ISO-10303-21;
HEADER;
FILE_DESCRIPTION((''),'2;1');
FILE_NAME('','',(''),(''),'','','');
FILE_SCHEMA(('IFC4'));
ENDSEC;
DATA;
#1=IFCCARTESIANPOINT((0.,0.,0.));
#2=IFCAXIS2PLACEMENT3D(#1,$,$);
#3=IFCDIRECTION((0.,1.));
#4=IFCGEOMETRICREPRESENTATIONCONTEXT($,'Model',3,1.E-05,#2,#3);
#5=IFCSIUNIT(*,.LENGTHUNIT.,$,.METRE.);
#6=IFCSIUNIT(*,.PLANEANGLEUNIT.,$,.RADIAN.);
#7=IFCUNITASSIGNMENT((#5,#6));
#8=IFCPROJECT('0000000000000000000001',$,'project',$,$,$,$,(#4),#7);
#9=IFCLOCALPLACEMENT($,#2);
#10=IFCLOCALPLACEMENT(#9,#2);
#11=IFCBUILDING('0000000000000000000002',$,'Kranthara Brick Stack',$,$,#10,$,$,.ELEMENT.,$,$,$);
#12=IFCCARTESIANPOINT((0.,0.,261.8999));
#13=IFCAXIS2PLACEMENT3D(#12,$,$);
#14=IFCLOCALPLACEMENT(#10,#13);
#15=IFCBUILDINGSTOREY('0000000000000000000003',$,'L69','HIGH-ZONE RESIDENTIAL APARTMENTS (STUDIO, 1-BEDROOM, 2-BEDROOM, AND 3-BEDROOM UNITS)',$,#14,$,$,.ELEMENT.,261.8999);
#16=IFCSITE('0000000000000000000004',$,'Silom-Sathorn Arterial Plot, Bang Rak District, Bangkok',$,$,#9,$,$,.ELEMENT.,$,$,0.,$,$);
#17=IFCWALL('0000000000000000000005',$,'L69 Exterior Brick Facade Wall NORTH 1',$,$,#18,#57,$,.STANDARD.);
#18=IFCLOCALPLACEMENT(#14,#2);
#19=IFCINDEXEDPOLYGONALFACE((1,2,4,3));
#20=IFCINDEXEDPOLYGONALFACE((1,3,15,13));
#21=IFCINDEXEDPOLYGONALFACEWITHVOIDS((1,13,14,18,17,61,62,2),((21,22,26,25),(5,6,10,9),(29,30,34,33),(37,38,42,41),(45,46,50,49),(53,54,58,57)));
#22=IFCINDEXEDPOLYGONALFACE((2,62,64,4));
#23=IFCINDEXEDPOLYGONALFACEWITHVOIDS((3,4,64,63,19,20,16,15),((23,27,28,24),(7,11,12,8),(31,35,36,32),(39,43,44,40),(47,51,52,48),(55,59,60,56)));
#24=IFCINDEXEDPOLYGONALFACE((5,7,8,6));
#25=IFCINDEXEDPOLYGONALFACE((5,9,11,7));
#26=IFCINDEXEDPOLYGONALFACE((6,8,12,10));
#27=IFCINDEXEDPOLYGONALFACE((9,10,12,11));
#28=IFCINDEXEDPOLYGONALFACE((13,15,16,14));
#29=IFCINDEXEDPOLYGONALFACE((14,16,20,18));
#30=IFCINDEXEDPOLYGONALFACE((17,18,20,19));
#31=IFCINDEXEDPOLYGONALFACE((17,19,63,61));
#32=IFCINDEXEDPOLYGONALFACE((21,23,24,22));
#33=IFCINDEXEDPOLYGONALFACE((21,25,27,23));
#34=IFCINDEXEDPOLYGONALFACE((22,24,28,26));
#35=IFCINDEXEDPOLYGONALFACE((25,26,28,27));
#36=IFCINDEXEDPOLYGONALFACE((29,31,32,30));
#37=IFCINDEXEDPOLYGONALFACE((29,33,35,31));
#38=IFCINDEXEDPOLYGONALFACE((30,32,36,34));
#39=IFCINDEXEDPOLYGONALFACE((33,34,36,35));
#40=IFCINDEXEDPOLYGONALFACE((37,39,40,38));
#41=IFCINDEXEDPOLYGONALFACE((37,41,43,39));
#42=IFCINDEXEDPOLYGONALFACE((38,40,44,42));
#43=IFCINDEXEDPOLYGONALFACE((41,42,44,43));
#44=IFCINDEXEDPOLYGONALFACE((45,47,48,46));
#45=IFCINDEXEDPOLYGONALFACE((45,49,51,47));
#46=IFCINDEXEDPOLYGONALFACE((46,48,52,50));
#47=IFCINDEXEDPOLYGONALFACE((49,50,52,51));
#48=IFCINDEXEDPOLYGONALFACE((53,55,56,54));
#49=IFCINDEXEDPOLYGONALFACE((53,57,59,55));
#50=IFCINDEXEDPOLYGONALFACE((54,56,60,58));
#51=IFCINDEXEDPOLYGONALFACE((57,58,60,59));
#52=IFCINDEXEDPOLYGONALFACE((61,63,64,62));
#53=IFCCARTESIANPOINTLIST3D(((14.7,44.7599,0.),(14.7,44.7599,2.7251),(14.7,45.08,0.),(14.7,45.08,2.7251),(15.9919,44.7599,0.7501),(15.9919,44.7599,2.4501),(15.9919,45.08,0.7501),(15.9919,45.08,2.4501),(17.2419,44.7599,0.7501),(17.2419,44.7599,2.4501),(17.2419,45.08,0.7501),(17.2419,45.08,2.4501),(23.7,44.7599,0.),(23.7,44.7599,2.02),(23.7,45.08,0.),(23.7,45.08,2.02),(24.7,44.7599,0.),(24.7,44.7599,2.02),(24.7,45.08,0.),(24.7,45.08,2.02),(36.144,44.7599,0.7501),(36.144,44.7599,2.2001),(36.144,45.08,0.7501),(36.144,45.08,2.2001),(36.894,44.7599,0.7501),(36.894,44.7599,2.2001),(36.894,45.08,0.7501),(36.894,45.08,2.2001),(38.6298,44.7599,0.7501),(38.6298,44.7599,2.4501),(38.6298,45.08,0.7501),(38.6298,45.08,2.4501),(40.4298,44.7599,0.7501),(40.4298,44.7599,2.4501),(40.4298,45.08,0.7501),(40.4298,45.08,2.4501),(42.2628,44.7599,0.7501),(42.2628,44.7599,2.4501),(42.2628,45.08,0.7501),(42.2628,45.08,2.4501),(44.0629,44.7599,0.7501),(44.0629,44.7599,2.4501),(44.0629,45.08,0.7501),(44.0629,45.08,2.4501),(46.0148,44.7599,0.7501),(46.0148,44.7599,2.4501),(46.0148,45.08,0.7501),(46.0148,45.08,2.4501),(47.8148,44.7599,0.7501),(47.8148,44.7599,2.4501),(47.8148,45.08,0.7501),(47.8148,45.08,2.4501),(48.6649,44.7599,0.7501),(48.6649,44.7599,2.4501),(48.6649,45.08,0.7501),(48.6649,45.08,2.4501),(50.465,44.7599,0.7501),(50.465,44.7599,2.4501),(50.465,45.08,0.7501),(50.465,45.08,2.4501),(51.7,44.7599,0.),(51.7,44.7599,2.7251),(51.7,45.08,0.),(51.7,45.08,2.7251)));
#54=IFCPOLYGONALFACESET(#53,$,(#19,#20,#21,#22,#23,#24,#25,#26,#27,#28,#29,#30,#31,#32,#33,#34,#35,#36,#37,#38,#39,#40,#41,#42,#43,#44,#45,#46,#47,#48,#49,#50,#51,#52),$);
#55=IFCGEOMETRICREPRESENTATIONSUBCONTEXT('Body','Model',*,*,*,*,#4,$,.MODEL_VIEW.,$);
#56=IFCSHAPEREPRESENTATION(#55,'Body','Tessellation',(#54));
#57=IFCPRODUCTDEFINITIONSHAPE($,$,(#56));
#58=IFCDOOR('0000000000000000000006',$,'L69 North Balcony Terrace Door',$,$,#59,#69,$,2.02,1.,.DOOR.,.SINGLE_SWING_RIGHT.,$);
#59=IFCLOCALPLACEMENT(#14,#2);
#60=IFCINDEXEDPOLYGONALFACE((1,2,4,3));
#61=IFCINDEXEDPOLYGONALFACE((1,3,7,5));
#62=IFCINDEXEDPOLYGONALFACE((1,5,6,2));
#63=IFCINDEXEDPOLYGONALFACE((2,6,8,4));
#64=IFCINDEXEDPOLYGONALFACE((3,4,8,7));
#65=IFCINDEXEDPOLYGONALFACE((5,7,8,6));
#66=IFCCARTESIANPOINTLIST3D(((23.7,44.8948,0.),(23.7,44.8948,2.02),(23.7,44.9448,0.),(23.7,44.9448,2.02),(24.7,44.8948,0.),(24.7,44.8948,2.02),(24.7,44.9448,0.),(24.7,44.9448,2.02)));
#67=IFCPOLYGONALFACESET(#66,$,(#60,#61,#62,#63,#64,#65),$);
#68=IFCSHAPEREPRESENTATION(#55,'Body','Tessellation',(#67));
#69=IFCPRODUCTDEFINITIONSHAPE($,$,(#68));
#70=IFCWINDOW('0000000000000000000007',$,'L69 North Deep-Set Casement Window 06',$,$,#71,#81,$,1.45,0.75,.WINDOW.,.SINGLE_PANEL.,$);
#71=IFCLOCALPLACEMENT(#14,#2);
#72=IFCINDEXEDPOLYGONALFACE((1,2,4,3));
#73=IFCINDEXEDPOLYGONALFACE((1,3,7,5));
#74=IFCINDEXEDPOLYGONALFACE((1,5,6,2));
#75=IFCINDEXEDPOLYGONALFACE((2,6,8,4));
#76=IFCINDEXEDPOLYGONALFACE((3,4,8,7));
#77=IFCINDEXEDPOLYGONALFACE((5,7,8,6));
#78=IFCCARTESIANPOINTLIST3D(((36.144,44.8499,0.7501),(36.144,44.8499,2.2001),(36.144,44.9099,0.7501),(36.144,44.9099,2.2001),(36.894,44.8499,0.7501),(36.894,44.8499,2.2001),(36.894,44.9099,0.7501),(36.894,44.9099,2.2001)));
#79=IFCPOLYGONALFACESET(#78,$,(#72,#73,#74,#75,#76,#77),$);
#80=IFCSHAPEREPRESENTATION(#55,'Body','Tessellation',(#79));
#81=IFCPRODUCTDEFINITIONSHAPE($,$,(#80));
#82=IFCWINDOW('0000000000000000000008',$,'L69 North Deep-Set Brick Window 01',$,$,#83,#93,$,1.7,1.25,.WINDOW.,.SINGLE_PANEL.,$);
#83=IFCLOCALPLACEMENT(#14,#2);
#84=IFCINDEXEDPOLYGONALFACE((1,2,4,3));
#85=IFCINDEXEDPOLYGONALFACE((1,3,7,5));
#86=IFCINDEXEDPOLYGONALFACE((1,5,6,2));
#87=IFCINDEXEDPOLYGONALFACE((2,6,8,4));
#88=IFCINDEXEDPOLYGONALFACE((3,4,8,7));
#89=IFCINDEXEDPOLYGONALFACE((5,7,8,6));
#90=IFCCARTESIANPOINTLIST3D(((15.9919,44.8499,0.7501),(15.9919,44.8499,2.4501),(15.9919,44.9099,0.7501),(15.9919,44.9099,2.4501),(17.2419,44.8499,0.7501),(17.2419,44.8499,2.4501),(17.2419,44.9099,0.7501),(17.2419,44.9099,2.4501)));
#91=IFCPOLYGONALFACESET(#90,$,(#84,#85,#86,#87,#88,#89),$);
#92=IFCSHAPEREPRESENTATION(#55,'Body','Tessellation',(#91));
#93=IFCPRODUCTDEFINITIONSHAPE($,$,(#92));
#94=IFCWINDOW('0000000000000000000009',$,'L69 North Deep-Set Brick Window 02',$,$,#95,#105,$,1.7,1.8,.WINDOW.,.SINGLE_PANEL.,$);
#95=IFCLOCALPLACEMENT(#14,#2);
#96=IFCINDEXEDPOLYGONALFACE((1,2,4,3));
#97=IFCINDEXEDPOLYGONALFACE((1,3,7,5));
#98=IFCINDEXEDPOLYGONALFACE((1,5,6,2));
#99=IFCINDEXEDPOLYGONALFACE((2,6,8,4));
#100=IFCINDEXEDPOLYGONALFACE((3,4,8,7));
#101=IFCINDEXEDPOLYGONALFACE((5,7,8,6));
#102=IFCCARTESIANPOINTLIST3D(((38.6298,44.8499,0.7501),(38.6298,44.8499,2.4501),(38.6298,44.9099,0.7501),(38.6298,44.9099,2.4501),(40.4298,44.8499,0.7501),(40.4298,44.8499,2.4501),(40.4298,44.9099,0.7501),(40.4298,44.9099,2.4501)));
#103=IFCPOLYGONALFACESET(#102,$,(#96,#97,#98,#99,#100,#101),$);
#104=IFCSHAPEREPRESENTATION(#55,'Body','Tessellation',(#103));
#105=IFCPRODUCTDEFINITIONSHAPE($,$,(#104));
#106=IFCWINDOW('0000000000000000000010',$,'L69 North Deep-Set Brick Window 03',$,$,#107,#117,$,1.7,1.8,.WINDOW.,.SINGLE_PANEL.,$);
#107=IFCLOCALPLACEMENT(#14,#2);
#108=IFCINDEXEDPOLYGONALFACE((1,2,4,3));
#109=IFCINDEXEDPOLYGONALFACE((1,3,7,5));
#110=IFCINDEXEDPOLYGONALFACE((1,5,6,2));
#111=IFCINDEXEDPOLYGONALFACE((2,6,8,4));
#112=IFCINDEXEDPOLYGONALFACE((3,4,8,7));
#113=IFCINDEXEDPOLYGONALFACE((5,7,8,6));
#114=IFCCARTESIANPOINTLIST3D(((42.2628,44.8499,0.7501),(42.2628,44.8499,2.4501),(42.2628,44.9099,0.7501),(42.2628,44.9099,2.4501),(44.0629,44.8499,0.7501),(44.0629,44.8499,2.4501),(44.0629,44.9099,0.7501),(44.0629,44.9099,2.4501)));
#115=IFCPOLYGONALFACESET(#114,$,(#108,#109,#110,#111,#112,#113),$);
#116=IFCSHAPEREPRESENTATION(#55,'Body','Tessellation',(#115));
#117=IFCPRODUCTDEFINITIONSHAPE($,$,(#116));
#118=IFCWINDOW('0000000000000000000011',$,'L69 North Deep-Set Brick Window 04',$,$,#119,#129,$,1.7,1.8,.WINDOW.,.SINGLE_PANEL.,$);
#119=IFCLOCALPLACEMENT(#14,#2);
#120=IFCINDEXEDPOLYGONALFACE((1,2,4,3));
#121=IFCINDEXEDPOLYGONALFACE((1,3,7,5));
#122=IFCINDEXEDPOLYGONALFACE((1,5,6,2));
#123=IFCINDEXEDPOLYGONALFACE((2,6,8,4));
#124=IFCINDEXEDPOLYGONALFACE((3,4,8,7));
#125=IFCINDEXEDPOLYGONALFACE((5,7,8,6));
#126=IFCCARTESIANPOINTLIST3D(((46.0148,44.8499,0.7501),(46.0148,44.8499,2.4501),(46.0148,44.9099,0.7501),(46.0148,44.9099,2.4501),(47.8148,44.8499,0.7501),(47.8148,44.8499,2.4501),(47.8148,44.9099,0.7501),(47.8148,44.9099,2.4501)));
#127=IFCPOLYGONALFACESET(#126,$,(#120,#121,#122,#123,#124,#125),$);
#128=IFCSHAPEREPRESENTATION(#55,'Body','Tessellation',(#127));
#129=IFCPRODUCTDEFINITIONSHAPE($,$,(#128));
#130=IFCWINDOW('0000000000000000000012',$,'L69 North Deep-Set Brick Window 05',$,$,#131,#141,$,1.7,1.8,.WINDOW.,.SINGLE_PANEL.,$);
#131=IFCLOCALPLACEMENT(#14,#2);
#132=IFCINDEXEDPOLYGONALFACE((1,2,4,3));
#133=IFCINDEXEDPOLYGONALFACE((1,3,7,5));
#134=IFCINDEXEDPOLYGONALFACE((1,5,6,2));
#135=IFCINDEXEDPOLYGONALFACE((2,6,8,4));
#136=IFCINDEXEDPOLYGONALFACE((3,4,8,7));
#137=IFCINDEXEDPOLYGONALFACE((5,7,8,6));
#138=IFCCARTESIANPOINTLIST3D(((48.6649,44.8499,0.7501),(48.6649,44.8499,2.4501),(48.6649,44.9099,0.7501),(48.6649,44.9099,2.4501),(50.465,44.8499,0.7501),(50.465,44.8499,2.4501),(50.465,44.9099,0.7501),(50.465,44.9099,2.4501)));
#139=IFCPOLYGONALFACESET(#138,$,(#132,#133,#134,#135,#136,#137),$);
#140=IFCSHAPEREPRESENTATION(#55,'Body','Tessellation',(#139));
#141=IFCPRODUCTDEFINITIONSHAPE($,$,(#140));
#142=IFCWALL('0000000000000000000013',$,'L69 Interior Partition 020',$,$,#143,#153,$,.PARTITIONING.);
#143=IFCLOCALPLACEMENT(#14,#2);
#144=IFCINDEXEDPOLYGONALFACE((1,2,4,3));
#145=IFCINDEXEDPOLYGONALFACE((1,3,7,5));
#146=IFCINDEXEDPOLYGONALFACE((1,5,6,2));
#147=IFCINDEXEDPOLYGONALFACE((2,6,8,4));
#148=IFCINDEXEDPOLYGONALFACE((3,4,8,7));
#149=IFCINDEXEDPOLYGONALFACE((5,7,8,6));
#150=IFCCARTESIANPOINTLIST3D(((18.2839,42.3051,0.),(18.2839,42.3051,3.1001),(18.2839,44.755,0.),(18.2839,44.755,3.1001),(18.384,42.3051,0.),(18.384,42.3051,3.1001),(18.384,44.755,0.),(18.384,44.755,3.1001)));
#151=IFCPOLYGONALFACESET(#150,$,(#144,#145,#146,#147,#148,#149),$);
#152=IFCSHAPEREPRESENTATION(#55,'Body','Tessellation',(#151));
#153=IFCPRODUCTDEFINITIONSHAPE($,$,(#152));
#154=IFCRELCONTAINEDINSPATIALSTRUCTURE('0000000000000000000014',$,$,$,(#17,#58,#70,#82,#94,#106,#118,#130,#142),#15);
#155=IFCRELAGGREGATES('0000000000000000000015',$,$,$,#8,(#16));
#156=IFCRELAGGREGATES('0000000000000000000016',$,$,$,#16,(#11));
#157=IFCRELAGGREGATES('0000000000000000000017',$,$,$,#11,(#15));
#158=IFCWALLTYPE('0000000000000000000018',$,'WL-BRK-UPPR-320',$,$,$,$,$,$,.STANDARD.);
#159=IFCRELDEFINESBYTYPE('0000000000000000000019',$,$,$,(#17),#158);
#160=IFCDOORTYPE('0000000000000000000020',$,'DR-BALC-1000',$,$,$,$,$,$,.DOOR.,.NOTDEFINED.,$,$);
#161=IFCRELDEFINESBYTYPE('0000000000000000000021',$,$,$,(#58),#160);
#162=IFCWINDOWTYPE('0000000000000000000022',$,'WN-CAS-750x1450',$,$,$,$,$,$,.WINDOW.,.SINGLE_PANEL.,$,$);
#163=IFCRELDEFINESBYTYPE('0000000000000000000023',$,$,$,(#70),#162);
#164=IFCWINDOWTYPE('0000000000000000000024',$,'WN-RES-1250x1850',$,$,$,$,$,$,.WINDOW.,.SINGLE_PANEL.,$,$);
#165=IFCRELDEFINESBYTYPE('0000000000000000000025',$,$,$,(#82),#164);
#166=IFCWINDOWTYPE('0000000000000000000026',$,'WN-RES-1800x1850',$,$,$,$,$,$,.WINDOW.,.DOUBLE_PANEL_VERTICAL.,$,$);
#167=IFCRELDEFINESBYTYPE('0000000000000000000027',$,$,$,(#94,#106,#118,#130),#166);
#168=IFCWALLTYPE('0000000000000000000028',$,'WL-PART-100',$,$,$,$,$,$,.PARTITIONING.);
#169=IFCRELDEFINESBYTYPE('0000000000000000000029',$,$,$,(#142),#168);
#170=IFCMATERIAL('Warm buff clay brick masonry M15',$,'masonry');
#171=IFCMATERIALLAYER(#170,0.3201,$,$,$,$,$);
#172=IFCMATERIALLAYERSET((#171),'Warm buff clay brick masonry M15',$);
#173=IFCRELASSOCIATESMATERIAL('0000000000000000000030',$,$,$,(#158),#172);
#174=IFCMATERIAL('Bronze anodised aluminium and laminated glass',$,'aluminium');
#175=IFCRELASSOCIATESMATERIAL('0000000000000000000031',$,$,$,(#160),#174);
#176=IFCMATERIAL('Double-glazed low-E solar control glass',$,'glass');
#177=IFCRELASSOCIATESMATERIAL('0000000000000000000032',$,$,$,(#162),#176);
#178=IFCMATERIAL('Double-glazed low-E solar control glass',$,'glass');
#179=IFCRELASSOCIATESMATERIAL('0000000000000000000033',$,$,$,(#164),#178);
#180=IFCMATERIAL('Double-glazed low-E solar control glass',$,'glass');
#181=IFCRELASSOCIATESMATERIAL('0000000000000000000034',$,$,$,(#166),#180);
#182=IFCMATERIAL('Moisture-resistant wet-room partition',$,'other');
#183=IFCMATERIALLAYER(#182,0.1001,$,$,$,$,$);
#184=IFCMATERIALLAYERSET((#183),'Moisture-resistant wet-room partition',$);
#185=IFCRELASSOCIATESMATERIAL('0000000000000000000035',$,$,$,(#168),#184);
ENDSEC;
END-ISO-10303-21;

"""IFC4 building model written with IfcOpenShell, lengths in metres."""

from ifc_helpers import new_model, si_unit, direction, frame, frame_2d, origin, place, context, subcontext, project, spatial, rectangle, extrude, material, layer, layer_set, type_object, element, fill, save


model = new_model("IFC4")

# Units and contexts
model_context = context("Model", 3, precision=1e-05, world=origin(), true_north=direction((0.0, 1.0)))
body_context = subcontext(model_context, "Body", "Model", "MODEL_VIEW")
ifc_project = project(units=[si_unit("LENGTHUNIT", "METRE"), si_unit("PLANEANGLEUNIT", "RADIAN")], contexts=[model_context])

# Site, building, storey
site_placement = place(None, origin())
site = spatial("IfcSite", under=ifc_project, at=site_placement, Name="Silom-Sathorn Arterial Plot, Bang Rak District, Bangkok", CompositionType="ELEMENT", RefElevation=0.0)
building_placement = place(site_placement, origin())
building = spatial("IfcBuilding", under=site, at=building_placement, Name="Kranthara Brick Stack", CompositionType="ELEMENT")
storey_placement = place(building_placement, frame((0.0, 0.0, 261.8999)))
storey = spatial("IfcBuildingStorey", under=building, at=storey_placement, Name="L69", Description="HIGH-ZONE RESIDENTIAL APARTMENTS (STUDIO, 1-BEDROOM, 2-BEDROOM, AND 3-BEDROOM UNITS)", CompositionType="ELEMENT", Elevation=261.8999)

# Wall, openings, door, windows
ifc_material_1 = material(Name="Warm buff clay brick masonry M15", Category="masonry")
ifc_layer_1 = layer(ifc_material_1, 0.3201)
ifc_layer_set_1 = layer_set([ifc_layer_1], Name="Warm buff clay brick masonry M15")
wall_type_1 = type_object("IfcWallType", Name="WL-BRK-UPPR-320", PredefinedType="STANDARD", material=ifc_layer_set_1)
wall_1_placement = place(storey_placement, frame((14.7, 44.9199, 0.0), z_axis=(0.0, 0.0, 1.0), x_axis=(1.0, 0.0, 0.0)))
wall_1 = element("IfcWall", 1, at=wall_1_placement, inside=storey, type_object=wall_type_1, Name="L69 Exterior Brick Facade Wall NORTH 1", PredefinedType="STANDARD", context=body_context, shape_type="SweptSolid", body=[
    extrude(rectangle(XDim=37.0, YDim=0.3201, at=frame_2d((18.5, 0.0))), origin(), (0.0, 0.0, 1.0), 2.7251),
])
opening_1_placement = place(wall_1_placement, frame((9.0, 0.0, 0.0)))
opening_1 = element("IfcOpeningElement", 2, at=opening_1_placement, cuts=wall_1, PredefinedType="OPENING", context=body_context, shape_type="SweptSolid", body=[
    extrude(rectangle(XDim=1.0, YDim=2.02, at=frame_2d((0.5, 1.01))), frame((0.0, 0.1699, 0.0), z_axis=(0.0, -1.0, 0.0), x_axis=(1.0, 0.0, 0.0)), (0.0, 0.0, 1.0), 0.3401),
])
opening_2_placement = place(wall_1_placement, frame((1.292, 0.0, 0.75)))
opening_2 = element("IfcOpeningElement", 3, at=opening_2_placement, cuts=wall_1, PredefinedType="OPENING", context=body_context, shape_type="SweptSolid", body=[
    extrude(rectangle(XDim=1.25, YDim=1.7, at=frame_2d((0.625, 0.8501))), frame((0.0, 0.1699, 0.0), z_axis=(0.0, -1.0, 0.0), x_axis=(1.0, 0.0, 0.0)), (0.0, 0.0, 1.0), 0.3401),
])
opening_3_placement = place(wall_1_placement, frame((23.9299, 0.0, 0.75)))
opening_3 = element("IfcOpeningElement", 4, at=opening_3_placement, cuts=wall_1, PredefinedType="OPENING", context=body_context, shape_type="SweptSolid", body=[
    extrude(rectangle(XDim=1.8, YDim=1.7, at=frame_2d((0.8999, 0.8501))), frame((0.0, 0.1699, 0.0), z_axis=(0.0, -1.0, 0.0), x_axis=(1.0, 0.0, 0.0)), (0.0, 0.0, 1.0), 0.3401),
])
opening_4_placement = place(wall_1_placement, frame((27.563, 0.0, 0.75)))
opening_4 = element("IfcOpeningElement", 5, at=opening_4_placement, cuts=wall_1, PredefinedType="OPENING", context=body_context, shape_type="SweptSolid", body=[
    extrude(rectangle(XDim=1.8, YDim=1.7, at=frame_2d((0.8999, 0.8501))), frame((0.0, 0.1699, 0.0), z_axis=(0.0, -1.0, 0.0), x_axis=(1.0, 0.0, 0.0)), (0.0, 0.0, 1.0), 0.3401),
])
opening_5_placement = place(wall_1_placement, frame((31.3149, 0.0, 0.75)))
opening_5 = element("IfcOpeningElement", 6, at=opening_5_placement, cuts=wall_1, PredefinedType="OPENING", context=body_context, shape_type="SweptSolid", body=[
    extrude(rectangle(XDim=1.8, YDim=1.7, at=frame_2d((0.8999, 0.8501))), frame((0.0, 0.1699, 0.0), z_axis=(0.0, -1.0, 0.0), x_axis=(1.0, 0.0, 0.0)), (0.0, 0.0, 1.0), 0.3401),
])
opening_6_placement = place(wall_1_placement, frame((33.9651, 0.0, 0.75)))
opening_6 = element("IfcOpeningElement", 7, at=opening_6_placement, cuts=wall_1, PredefinedType="OPENING", context=body_context, shape_type="SweptSolid", body=[
    extrude(rectangle(XDim=1.8, YDim=1.7, at=frame_2d((0.8999, 0.8501))), frame((0.0, 0.1699, 0.0), z_axis=(0.0, -1.0, 0.0), x_axis=(1.0, 0.0, 0.0)), (0.0, 0.0, 1.0), 0.3401),
])
opening_7_placement = place(wall_1_placement, frame((21.4441, 0.0, 0.75)))
opening_7 = element("IfcOpeningElement", 8, at=opening_7_placement, cuts=wall_1, PredefinedType="OPENING", context=body_context, shape_type="SweptSolid", body=[
    extrude(rectangle(XDim=0.75, YDim=1.45, at=frame_2d((0.375, 0.7251))), frame((0.0, 0.1699, 0.0), z_axis=(0.0, -1.0, 0.0), x_axis=(1.0, 0.0, 0.0)), (0.0, 0.0, 1.0), 0.3401),
])
ifc_material_2 = material(Name="Bronze anodised aluminium and laminated glass", Category="aluminium")
door_type = type_object("IfcDoorType", Name="DR-BALC-1000", OperationType="NOTDEFINED", PredefinedType="DOOR", material=ifc_material_2)
door_placement = place(opening_1_placement, origin())
door = element("IfcDoor", 9, at=door_placement, inside=storey, type_object=door_type, Name="L69 North Balcony Terrace Door", OperationType="SINGLE_SWING_RIGHT", OverallHeight=2.02, OverallWidth=1.0, PredefinedType="DOOR", context=body_context, shape_type="SweptSolid", body=[
    extrude(rectangle(XDim=1.0, YDim=2.02, at=frame_2d((0.5, 1.01))), frame((0.0, 0.0249, 0.0), z_axis=(0.0, -1.0, 0.0), x_axis=(1.0, 0.0, 0.0)), (0.0, 0.0, 1.0), 0.05),
])
fill(opening_1, door)
ifc_material_3 = material(Name="Double-glazed low-E solar control glass", Category="glass")
window_type_1 = type_object("IfcWindowType", Name="WN-CAS-750x1450", PartitioningType="SINGLE_PANEL", PredefinedType="WINDOW", material=ifc_material_3)
window_1_placement = place(opening_7_placement, origin())
window_1 = element("IfcWindow", 10, at=window_1_placement, inside=storey, type_object=window_type_1, Name="L69 North Deep-Set Casement Window 06", OverallHeight=1.45, OverallWidth=0.75, PartitioningType="SINGLE_PANEL", PredefinedType="WINDOW", context=body_context, shape_type="SweptSolid", body=[
    extrude(rectangle(XDim=0.75, YDim=1.45, at=frame_2d((0.375, 0.7251))), frame((0.0, -0.01, 0.0), z_axis=(0.0, -1.0, 0.0), x_axis=(1.0, 0.0, 0.0)), (0.0, 0.0, 1.0), 0.0601),
])
fill(opening_7, window_1)
ifc_material_4 = material(Name="Double-glazed low-E solar control glass", Category="glass")
window_type_2 = type_object("IfcWindowType", Name="WN-RES-1250x1850", PartitioningType="SINGLE_PANEL", PredefinedType="WINDOW", material=ifc_material_4)
window_2_placement = place(opening_2_placement, origin())
window_2 = element("IfcWindow", 11, at=window_2_placement, inside=storey, type_object=window_type_2, Name="L69 North Deep-Set Brick Window 01", OverallHeight=1.7, OverallWidth=1.25, PartitioningType="SINGLE_PANEL", PredefinedType="WINDOW", context=body_context, shape_type="SweptSolid", body=[
    extrude(rectangle(XDim=1.25, YDim=1.7, at=frame_2d((0.625, 0.8501))), frame((0.0, -0.01, 0.0), z_axis=(0.0, -1.0, 0.0), x_axis=(1.0, 0.0, 0.0)), (0.0, 0.0, 1.0), 0.0601),
])
fill(opening_2, window_2)
ifc_material_5 = material(Name="Double-glazed low-E solar control glass", Category="glass")
window_type_3 = type_object("IfcWindowType", Name="WN-RES-1800x1850", PartitioningType="DOUBLE_PANEL_VERTICAL", PredefinedType="WINDOW", material=ifc_material_5)
window_3_placement = place(opening_3_placement, origin())
window_3 = element("IfcWindow", 12, at=window_3_placement, inside=storey, type_object=window_type_3, Name="L69 North Deep-Set Brick Window 02", OverallHeight=1.7, OverallWidth=1.8, PartitioningType="SINGLE_PANEL", PredefinedType="WINDOW", context=body_context, shape_type="SweptSolid", body=[
    extrude(rectangle(XDim=1.8, YDim=1.7, at=frame_2d((0.8999, 0.8501))), frame((0.0, -0.01, 0.0), z_axis=(0.0, -1.0, 0.0), x_axis=(1.0, 0.0, 0.0)), (0.0, 0.0, 1.0), 0.0601),
])
fill(opening_3, window_3)
window_4_placement = place(opening_4_placement, origin())
window_4 = element("IfcWindow", 13, at=window_4_placement, inside=storey, type_object=window_type_3, Name="L69 North Deep-Set Brick Window 03", OverallHeight=1.7, OverallWidth=1.8, PartitioningType="SINGLE_PANEL", PredefinedType="WINDOW", context=body_context, shape_type="SweptSolid", body=[
    extrude(rectangle(XDim=1.8, YDim=1.7, at=frame_2d((0.8999, 0.8501))), frame((0.0, -0.01, 0.0), z_axis=(0.0, -1.0, 0.0), x_axis=(1.0, 0.0, 0.0)), (0.0, 0.0, 1.0), 0.0601),
])
fill(opening_4, window_4)
window_5_placement = place(opening_5_placement, origin())
window_5 = element("IfcWindow", 14, at=window_5_placement, inside=storey, type_object=window_type_3, Name="L69 North Deep-Set Brick Window 04", OverallHeight=1.7, OverallWidth=1.8, PartitioningType="SINGLE_PANEL", PredefinedType="WINDOW", context=body_context, shape_type="SweptSolid", body=[
    extrude(rectangle(XDim=1.8, YDim=1.7, at=frame_2d((0.8999, 0.8501))), frame((0.0, -0.01, 0.0), z_axis=(0.0, -1.0, 0.0), x_axis=(1.0, 0.0, 0.0)), (0.0, 0.0, 1.0), 0.0601),
])
fill(opening_5, window_5)
window_6_placement = place(opening_6_placement, origin())
window_6 = element("IfcWindow", 15, at=window_6_placement, inside=storey, type_object=window_type_3, Name="L69 North Deep-Set Brick Window 05", OverallHeight=1.7, OverallWidth=1.8, PartitioningType="SINGLE_PANEL", PredefinedType="WINDOW", context=body_context, shape_type="SweptSolid", body=[
    extrude(rectangle(XDim=1.8, YDim=1.7, at=frame_2d((0.8999, 0.8501))), frame((0.0, -0.01, 0.0), z_axis=(0.0, -1.0, 0.0), x_axis=(1.0, 0.0, 0.0)), (0.0, 0.0, 1.0), 0.0601),
])
fill(opening_6, window_6)

# Wall
ifc_material_6 = material(Name="Moisture-resistant wet-room partition", Category="other")
ifc_layer_2 = layer(ifc_material_6, 0.1001)
ifc_layer_set_2 = layer_set([ifc_layer_2], Name="Moisture-resistant wet-room partition")
wall_type_2 = type_object("IfcWallType", Name="WL-PART-100", PredefinedType="PARTITIONING", material=ifc_layer_set_2)
wall_2_placement = place(storey_placement, frame((18.334, 42.3049, 0.0), z_axis=(0.0, 0.0, 1.0), x_axis=(0.0, 1.0, 0.0)))
element("IfcWall", 16, at=wall_2_placement, inside=storey, type_object=wall_type_2, Name="L69 Interior Partition 020", PredefinedType="PARTITIONING", context=body_context, shape_type="SweptSolid", body=[
    extrude(rectangle(XDim=2.45, YDim=0.1001, at=frame_2d((1.2251, 0.0))), origin(), (0.0, 0.0, 1.0), 3.1001),
])

save(model, "model.ifc")
